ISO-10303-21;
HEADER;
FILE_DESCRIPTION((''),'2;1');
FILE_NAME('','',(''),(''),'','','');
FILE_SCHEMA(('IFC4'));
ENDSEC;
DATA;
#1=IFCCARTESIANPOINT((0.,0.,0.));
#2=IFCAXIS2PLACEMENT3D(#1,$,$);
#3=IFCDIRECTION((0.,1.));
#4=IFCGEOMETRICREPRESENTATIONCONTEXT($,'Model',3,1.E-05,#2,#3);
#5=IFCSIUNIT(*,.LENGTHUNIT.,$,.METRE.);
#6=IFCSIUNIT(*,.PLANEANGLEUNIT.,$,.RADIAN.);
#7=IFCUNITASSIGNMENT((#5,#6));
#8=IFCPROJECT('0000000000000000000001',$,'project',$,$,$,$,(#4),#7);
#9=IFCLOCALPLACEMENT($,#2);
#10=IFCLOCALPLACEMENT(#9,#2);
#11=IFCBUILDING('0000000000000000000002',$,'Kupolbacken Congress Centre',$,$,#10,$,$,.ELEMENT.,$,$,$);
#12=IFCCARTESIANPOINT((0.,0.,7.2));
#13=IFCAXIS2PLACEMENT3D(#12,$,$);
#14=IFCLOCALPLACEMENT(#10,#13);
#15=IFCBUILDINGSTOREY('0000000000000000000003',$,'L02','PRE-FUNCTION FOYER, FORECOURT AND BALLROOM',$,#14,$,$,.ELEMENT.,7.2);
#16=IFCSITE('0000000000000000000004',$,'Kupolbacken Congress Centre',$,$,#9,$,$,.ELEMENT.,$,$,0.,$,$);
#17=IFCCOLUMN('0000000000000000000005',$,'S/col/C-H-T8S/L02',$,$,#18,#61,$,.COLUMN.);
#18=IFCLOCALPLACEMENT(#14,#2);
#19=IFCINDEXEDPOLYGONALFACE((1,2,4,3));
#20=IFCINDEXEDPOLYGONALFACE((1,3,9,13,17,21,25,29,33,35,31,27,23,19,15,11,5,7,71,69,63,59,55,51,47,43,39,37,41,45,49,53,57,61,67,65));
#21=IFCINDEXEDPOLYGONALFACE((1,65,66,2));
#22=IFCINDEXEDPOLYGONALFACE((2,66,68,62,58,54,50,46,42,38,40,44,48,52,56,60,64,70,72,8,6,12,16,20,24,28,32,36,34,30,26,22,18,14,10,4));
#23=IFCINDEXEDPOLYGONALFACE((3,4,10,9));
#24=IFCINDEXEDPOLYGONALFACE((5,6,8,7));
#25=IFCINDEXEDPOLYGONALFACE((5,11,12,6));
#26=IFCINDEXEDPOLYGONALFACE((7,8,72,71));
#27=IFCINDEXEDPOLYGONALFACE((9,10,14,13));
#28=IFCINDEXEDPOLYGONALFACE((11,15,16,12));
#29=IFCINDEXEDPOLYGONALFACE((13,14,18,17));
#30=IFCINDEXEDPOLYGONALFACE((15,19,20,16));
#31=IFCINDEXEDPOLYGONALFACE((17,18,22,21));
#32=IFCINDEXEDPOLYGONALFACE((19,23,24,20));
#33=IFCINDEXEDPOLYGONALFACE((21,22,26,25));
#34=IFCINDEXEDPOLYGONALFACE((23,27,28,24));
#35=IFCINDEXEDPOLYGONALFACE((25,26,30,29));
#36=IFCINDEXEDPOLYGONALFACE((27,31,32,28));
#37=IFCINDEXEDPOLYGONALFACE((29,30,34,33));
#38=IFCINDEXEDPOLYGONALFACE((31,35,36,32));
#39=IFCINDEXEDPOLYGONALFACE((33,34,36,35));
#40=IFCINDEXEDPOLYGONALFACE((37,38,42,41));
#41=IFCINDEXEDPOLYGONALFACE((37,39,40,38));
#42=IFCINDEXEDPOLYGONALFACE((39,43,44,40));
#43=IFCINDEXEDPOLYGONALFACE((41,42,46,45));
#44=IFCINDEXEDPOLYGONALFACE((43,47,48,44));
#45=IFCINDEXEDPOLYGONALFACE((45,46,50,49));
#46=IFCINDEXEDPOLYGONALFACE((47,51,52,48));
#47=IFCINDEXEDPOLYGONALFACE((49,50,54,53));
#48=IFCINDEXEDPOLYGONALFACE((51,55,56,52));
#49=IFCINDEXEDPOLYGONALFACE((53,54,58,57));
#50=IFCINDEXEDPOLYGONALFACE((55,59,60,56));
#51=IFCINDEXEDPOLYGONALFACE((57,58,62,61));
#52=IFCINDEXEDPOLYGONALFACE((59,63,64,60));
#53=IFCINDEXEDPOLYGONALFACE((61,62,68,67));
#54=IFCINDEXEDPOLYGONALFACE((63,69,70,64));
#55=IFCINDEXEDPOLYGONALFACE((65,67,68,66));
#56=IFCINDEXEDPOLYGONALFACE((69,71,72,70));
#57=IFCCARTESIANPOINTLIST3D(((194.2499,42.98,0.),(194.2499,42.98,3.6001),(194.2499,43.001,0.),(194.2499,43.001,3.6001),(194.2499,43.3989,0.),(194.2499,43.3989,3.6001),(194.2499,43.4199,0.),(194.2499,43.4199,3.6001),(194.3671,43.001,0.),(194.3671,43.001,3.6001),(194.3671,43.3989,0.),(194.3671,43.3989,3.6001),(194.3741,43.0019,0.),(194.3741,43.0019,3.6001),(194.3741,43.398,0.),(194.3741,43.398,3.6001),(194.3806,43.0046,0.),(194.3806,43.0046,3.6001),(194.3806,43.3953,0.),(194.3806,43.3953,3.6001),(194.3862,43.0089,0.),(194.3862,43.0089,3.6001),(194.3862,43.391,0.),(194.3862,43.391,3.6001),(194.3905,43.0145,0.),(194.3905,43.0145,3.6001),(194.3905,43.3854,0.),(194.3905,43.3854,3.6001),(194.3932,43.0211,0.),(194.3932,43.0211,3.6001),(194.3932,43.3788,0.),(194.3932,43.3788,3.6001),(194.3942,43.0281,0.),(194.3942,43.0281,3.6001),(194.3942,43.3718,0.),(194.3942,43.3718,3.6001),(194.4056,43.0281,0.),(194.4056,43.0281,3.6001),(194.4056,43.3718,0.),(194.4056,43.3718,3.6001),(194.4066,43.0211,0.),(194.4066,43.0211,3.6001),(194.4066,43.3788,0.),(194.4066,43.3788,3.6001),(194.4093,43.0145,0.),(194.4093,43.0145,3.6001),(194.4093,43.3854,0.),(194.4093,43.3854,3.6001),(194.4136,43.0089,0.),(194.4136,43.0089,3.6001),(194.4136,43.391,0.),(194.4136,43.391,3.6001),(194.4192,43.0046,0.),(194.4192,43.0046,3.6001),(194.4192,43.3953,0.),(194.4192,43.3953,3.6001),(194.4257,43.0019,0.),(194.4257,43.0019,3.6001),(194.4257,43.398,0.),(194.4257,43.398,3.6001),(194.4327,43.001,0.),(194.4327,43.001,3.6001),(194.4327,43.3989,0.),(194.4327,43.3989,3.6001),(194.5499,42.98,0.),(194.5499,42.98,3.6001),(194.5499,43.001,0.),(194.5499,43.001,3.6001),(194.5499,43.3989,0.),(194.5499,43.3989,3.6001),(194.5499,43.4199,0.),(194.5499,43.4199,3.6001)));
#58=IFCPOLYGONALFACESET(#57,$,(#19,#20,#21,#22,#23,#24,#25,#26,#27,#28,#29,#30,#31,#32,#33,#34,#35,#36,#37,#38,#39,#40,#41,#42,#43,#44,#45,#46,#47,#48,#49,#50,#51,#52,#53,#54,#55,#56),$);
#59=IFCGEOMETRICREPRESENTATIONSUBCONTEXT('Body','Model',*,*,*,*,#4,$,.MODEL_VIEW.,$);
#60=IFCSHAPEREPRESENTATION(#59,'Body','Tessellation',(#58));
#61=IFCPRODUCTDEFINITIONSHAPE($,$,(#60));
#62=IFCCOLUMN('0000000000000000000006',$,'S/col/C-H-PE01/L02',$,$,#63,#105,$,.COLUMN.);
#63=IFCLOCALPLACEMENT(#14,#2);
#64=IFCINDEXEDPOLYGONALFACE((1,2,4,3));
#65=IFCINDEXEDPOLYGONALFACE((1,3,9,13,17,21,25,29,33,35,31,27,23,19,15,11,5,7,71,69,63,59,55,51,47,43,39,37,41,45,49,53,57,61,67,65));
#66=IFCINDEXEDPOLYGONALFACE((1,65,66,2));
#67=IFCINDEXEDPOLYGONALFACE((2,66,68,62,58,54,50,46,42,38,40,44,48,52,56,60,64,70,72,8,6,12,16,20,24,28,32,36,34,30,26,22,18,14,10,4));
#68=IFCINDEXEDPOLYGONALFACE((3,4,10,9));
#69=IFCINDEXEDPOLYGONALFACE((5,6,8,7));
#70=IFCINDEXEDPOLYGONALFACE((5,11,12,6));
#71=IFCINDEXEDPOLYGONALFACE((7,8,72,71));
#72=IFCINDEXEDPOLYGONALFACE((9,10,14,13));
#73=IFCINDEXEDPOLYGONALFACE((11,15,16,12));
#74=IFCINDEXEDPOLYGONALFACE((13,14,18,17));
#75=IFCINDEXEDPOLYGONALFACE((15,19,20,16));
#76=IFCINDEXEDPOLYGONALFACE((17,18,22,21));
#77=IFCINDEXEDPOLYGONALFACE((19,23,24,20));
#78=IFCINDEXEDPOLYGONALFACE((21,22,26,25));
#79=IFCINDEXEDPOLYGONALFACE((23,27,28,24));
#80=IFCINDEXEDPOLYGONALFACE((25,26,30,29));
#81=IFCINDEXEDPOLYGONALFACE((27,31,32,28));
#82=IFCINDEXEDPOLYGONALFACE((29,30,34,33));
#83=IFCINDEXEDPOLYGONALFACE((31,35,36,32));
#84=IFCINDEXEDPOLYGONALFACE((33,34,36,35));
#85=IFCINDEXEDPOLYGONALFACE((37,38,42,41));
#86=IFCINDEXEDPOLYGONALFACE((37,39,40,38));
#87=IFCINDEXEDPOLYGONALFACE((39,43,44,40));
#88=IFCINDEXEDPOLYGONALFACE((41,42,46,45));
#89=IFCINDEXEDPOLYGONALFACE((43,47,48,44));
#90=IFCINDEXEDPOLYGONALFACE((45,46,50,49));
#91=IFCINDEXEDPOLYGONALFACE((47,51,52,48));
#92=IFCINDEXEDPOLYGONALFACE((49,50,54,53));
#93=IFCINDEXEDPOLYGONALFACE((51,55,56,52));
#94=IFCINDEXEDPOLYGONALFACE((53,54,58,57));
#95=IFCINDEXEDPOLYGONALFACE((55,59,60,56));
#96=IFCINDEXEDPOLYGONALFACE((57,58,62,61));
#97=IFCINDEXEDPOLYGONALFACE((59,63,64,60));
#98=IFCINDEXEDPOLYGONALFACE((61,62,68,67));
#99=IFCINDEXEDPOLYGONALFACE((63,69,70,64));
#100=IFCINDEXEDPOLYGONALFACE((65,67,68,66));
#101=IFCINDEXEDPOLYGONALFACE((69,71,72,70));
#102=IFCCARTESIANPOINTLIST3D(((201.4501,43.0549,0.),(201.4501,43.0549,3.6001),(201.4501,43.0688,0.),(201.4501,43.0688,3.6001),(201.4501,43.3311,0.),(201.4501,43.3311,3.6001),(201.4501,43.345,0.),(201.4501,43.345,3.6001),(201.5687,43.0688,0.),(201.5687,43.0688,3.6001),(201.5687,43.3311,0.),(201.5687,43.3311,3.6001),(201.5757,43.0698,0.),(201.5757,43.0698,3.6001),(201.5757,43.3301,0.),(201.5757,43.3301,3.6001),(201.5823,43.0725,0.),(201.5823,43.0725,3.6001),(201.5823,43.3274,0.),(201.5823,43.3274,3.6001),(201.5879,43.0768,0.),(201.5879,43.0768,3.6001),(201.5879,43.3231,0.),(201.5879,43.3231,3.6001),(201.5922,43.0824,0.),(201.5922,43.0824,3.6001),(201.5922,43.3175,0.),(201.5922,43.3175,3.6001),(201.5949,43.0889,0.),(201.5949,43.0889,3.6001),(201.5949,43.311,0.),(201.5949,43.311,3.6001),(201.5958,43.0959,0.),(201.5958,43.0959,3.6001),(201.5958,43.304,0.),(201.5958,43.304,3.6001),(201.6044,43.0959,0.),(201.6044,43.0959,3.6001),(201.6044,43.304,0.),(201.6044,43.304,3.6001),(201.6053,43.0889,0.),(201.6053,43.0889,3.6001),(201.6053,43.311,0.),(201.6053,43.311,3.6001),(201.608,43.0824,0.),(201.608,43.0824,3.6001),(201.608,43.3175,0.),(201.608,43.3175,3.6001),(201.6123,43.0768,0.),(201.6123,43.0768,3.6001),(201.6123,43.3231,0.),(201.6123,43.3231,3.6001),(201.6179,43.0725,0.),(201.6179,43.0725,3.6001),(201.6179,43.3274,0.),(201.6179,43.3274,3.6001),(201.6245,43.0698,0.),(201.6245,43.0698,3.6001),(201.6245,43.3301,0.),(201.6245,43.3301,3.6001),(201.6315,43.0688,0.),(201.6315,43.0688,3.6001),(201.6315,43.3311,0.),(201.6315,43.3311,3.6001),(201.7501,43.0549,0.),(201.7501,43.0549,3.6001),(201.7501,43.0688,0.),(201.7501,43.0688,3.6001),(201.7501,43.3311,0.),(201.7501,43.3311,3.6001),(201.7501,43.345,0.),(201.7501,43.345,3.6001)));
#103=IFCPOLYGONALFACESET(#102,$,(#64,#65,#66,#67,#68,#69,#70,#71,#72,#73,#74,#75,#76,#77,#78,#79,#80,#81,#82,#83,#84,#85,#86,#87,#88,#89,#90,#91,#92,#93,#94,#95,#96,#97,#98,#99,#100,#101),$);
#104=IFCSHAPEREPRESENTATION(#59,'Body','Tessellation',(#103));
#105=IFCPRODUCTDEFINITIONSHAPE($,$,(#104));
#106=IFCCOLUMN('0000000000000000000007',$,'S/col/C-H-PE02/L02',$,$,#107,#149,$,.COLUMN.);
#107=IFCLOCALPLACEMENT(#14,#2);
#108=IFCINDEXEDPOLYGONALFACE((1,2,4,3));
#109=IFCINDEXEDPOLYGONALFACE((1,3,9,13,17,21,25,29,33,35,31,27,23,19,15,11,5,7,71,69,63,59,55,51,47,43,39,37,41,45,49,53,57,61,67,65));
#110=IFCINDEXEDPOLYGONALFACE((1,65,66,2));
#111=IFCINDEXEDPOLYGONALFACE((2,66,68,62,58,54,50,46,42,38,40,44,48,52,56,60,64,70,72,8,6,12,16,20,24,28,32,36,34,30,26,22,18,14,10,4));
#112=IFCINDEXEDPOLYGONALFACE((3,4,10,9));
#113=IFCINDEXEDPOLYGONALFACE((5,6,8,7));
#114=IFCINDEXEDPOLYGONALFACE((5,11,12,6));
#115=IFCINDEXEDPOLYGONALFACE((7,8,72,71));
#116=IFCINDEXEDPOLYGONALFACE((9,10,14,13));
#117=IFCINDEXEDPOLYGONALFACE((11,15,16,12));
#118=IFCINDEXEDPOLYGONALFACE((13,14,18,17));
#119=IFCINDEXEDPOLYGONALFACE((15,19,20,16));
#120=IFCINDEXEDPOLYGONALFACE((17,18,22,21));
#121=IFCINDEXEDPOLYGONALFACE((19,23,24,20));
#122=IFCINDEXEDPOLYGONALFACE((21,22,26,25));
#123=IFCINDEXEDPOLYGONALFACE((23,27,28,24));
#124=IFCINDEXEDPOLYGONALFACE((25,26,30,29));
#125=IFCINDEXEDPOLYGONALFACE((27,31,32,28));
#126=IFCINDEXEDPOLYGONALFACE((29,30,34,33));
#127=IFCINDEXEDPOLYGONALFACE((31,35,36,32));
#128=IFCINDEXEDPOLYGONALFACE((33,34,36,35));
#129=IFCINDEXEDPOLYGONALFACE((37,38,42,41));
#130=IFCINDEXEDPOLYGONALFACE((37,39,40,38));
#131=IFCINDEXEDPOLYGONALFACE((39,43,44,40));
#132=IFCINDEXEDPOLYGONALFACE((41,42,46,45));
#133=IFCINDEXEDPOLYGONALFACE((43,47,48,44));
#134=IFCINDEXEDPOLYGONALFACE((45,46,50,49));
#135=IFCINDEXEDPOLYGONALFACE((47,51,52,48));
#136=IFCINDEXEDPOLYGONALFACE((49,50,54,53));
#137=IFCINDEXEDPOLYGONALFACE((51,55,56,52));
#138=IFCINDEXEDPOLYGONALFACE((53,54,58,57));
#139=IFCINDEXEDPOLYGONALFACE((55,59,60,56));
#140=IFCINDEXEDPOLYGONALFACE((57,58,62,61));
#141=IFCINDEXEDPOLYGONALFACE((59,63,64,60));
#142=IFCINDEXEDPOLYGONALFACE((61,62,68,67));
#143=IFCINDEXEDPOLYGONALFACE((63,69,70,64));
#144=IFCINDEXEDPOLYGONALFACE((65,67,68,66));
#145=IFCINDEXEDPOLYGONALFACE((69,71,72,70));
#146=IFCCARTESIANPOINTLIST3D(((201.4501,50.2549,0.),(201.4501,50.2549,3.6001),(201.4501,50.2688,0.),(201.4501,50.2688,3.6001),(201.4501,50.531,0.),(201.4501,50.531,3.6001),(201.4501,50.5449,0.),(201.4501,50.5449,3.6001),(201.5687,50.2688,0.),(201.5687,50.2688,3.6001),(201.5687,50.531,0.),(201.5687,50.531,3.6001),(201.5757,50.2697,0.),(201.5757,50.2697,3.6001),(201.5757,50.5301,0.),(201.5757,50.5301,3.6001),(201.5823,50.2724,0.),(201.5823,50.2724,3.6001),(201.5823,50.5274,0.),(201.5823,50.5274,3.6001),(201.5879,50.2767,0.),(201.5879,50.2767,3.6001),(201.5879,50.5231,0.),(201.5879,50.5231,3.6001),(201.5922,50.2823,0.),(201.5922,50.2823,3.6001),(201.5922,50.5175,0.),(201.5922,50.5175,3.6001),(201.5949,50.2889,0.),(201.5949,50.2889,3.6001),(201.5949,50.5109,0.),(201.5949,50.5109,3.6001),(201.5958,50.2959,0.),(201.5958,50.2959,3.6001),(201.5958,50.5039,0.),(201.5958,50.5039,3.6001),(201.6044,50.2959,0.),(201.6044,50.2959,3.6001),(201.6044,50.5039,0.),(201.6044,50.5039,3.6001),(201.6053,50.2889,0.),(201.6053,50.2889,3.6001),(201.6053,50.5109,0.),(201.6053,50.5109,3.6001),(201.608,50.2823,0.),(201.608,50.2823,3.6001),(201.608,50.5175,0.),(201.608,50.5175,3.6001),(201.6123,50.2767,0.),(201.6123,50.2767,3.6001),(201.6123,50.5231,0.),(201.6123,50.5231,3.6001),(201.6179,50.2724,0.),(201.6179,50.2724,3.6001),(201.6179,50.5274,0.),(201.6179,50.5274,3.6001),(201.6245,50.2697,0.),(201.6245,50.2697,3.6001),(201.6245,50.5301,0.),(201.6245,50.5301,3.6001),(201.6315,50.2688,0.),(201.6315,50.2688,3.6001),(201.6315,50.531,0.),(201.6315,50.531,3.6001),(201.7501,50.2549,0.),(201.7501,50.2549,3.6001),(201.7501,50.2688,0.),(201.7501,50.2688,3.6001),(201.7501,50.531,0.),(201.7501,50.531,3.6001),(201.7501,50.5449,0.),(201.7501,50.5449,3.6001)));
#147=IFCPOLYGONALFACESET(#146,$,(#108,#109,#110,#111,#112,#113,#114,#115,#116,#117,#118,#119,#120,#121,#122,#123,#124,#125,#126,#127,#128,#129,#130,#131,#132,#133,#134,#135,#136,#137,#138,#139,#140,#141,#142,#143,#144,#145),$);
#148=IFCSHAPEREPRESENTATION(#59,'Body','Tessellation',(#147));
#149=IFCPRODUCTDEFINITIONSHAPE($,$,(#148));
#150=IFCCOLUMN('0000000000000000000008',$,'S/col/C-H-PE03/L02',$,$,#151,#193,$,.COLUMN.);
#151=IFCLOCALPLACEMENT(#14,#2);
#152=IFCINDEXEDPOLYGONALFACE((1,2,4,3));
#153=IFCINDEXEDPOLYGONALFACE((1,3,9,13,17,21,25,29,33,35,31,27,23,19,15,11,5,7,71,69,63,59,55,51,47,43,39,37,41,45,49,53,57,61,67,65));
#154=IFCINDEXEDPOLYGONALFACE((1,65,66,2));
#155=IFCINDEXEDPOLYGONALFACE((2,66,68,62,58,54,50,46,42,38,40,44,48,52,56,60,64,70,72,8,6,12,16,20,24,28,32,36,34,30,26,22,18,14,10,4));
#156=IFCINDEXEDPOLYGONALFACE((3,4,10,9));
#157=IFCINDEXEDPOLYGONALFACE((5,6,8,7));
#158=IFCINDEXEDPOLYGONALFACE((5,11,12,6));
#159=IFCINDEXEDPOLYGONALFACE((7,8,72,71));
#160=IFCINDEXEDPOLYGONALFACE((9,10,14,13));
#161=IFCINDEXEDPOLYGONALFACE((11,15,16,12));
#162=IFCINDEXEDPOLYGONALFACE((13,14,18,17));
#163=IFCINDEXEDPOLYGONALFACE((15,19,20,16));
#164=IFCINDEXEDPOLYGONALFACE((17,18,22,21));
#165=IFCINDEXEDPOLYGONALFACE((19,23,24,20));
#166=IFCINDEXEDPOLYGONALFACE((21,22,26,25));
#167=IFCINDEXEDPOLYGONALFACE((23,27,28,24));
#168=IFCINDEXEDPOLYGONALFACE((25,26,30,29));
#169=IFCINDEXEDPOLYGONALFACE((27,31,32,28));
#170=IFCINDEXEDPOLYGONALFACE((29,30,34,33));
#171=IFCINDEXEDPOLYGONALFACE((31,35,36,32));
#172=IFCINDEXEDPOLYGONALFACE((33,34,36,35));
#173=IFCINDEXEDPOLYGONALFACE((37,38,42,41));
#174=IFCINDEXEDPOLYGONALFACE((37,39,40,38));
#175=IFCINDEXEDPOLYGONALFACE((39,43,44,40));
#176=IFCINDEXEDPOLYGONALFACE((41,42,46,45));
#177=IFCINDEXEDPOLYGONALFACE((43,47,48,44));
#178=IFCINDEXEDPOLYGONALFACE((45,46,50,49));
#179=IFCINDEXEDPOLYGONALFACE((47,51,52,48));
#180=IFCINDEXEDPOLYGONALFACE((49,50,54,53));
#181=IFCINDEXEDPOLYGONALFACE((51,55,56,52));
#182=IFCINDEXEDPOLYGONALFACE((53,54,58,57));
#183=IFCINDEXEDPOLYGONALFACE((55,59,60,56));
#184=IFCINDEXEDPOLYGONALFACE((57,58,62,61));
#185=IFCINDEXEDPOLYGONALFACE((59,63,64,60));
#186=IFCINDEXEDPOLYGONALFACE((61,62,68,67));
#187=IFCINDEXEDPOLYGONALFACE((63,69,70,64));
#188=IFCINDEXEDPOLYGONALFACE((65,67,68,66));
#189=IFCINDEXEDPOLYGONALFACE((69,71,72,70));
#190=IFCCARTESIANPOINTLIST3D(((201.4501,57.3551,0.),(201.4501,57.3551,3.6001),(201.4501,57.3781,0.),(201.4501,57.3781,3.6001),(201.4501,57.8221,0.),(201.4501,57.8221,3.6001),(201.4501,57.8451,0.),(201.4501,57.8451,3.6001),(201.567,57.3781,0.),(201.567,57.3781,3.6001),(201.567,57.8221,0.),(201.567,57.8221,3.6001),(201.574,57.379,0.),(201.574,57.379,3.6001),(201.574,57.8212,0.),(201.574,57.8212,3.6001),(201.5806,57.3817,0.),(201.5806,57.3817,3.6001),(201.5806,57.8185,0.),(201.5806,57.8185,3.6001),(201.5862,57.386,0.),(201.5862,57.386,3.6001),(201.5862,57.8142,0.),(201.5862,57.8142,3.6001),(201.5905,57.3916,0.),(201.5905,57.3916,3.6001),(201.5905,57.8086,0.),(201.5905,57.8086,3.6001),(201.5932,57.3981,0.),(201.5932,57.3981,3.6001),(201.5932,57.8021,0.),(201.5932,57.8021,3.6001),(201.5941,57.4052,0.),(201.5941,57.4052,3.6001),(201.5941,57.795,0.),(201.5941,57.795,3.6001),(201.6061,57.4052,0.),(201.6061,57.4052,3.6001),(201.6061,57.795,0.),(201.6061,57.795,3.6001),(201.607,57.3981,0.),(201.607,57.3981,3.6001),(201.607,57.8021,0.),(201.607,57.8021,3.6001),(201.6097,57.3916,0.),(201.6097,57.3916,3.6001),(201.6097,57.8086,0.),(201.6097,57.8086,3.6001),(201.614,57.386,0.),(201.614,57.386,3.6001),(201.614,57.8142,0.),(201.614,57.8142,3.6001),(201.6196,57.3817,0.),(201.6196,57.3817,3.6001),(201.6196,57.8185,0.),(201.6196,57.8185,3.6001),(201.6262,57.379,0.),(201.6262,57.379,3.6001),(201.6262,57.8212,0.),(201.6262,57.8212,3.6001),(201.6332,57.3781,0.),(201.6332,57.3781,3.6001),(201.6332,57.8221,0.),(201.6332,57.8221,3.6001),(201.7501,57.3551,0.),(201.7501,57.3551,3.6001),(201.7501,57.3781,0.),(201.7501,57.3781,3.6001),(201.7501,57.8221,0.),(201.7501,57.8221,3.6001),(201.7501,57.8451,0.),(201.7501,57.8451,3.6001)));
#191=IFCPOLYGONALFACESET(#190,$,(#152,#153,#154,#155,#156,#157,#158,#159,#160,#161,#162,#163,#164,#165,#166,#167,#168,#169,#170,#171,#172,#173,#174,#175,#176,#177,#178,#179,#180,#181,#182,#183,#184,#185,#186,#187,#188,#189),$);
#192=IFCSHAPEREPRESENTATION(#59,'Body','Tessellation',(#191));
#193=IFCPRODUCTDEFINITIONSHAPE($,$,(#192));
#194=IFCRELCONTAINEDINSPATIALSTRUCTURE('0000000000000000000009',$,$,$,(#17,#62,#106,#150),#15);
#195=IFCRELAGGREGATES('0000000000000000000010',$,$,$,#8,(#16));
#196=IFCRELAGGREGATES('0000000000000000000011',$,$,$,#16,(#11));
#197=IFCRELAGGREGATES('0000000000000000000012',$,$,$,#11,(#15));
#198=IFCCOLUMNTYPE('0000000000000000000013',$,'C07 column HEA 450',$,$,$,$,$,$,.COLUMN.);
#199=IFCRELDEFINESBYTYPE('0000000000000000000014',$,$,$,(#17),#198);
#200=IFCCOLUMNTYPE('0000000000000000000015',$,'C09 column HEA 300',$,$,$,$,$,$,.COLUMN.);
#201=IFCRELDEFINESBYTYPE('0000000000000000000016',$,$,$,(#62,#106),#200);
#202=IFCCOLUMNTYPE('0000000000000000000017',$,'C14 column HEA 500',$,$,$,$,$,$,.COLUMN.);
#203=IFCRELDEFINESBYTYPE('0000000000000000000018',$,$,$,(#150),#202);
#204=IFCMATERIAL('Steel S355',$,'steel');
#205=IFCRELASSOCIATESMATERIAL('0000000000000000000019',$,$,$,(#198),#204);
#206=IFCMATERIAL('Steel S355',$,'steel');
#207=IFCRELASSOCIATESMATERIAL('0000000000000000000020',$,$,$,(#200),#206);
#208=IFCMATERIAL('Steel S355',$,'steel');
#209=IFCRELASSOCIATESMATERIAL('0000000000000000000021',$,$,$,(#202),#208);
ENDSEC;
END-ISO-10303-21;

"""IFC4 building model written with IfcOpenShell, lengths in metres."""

from ifc_helpers import new_model, si_unit, direction, frame, origin, origin_2d, place, context, subcontext, project, spatial, i_section, extrude, material, material_profile, profile_set, type_object, element, save


model = new_model("IFC4")

# Units and contexts
model_context = context("Model", 3, precision=1e-05, world=origin(), true_north=direction((0.0, 1.0)))
body_context = subcontext(model_context, "Body", "Model", "MODEL_VIEW")
ifc_project = project(units=[si_unit("LENGTHUNIT", "METRE"), si_unit("PLANEANGLEUNIT", "RADIAN")], contexts=[model_context])

# Site, building, storey
site_placement = place(None, origin())
site = spatial("IfcSite", under=ifc_project, at=site_placement, Name="Kupolbacken Congress Centre", CompositionType="ELEMENT", RefElevation=0.0)
building_placement = place(site_placement, origin())
building = spatial("IfcBuilding", under=site, at=building_placement, Name="Kupolbacken Congress Centre", CompositionType="ELEMENT")
storey_placement = place(building_placement, frame((0.0, 0.0, 7.2)))
storey = spatial("IfcBuildingStorey", under=building, at=storey_placement, Name="L02", Description="PRE-FUNCTION FOYER, FORECOURT AND BALLROOM", CompositionType="ELEMENT", Elevation=7.2)

# Columns
ifc_material_1 = material(Name="Steel S355", Category="steel")
ifc_material_profile_1 = material_profile(ifc_material_1, i_section(OverallWidth=0.3, OverallDepth=0.4399, WebThickness=0.0115, FlangeThickness=0.021, FilletRadius=0.0271, at=origin_2d()), Name="HEA 450")
ifc_profile_set_1 = profile_set([ifc_material_profile_1], Name="Steel S355")
column_type_1 = type_object("IfcColumnType", Name="C07 column HEA 450", PredefinedType="COLUMN", material=ifc_profile_set_1)
column_1_placement = place(storey_placement, frame((194.3999, 43.2, 0.0), z_axis=(0.0, 0.0, 1.0), x_axis=(1.0, 0.0, 0.0)))
element("IfcColumn", 1, at=column_1_placement, inside=storey, type_object=column_type_1, Name="S/col/C-H-T8S/L02", PredefinedType="COLUMN", context=body_context, shape_type="SweptSolid", body=[
    extrude(i_section(OverallWidth=0.3, OverallDepth=0.4399, WebThickness=0.0115, FlangeThickness=0.021, FilletRadius=0.0271, at=origin_2d()), origin(), (0.0, 0.0, 1.0), 3.6001),
])
ifc_material_2 = material(Name="Steel S355", Category="steel")
ifc_material_profile_2 = material_profile(ifc_material_2, i_section(OverallWidth=0.3, OverallDepth=0.29, WebThickness=0.0085, FlangeThickness=0.0139, FilletRadius=0.0271, at=origin_2d()), Name="HEA 300")
ifc_profile_set_2 = profile_set([ifc_material_profile_2], Name="Steel S355")
column_type_2 = type_object("IfcColumnType", Name="C09 column HEA 300", PredefinedType="COLUMN", material=ifc_profile_set_2)
for number, where, z_axis, x_axis, name in (
    (2, (201.6001, 43.2, 0.0), (0.0, 0.0, 1.0), (1.0, 0.0, 0.0), "S/col/C-H-PE01/L02"),
    (3, (201.6001, 50.3999, 0.0), (0.0, 0.0, 1.0), (1.0, 0.0, 0.0), "S/col/C-H-PE02/L02"),
):
    element("IfcColumn", number, at=place(storey_placement, frame(where, z_axis=z_axis, x_axis=x_axis)), inside=storey, type_object=column_type_2, Name=name, PredefinedType="COLUMN", context=body_context, shape_type="SweptSolid", body=[
        extrude(i_section(OverallWidth=0.3, OverallDepth=0.29, WebThickness=0.0085, FlangeThickness=0.0139, FilletRadius=0.0271, at=origin_2d()), origin(), (0.0, 0.0, 1.0), 3.6001),
    ])
ifc_material_3 = material(Name="Steel S355", Category="steel")
ifc_material_profile_3 = material_profile(ifc_material_3, i_section(OverallWidth=0.3, OverallDepth=0.49, WebThickness=0.012, FlangeThickness=0.0229, FilletRadius=0.0271, at=origin_2d()), Name="HEA 500")
ifc_profile_set_3 = profile_set([ifc_material_profile_3], Name="Steel S355")
column_type_3 = type_object("IfcColumnType", Name="C14 column HEA 500", PredefinedType="COLUMN", material=ifc_profile_set_3)
column_2_placement = place(storey_placement, frame((201.6001, 57.6001, 0.0), z_axis=(0.0, 0.0, 1.0), x_axis=(1.0, 0.0, 0.0)))
element("IfcColumn", 4, at=column_2_placement, inside=storey, type_object=column_type_3, Name="S/col/C-H-PE03/L02", PredefinedType="COLUMN", context=body_context, shape_type="SweptSolid", body=[
    extrude(i_section(OverallWidth=0.3, OverallDepth=0.49, WebThickness=0.012, FlangeThickness=0.0229, FilletRadius=0.0271, at=origin_2d()), origin(), (0.0, 0.0, 1.0), 3.6001),
])

save(model, "model.ifc")
